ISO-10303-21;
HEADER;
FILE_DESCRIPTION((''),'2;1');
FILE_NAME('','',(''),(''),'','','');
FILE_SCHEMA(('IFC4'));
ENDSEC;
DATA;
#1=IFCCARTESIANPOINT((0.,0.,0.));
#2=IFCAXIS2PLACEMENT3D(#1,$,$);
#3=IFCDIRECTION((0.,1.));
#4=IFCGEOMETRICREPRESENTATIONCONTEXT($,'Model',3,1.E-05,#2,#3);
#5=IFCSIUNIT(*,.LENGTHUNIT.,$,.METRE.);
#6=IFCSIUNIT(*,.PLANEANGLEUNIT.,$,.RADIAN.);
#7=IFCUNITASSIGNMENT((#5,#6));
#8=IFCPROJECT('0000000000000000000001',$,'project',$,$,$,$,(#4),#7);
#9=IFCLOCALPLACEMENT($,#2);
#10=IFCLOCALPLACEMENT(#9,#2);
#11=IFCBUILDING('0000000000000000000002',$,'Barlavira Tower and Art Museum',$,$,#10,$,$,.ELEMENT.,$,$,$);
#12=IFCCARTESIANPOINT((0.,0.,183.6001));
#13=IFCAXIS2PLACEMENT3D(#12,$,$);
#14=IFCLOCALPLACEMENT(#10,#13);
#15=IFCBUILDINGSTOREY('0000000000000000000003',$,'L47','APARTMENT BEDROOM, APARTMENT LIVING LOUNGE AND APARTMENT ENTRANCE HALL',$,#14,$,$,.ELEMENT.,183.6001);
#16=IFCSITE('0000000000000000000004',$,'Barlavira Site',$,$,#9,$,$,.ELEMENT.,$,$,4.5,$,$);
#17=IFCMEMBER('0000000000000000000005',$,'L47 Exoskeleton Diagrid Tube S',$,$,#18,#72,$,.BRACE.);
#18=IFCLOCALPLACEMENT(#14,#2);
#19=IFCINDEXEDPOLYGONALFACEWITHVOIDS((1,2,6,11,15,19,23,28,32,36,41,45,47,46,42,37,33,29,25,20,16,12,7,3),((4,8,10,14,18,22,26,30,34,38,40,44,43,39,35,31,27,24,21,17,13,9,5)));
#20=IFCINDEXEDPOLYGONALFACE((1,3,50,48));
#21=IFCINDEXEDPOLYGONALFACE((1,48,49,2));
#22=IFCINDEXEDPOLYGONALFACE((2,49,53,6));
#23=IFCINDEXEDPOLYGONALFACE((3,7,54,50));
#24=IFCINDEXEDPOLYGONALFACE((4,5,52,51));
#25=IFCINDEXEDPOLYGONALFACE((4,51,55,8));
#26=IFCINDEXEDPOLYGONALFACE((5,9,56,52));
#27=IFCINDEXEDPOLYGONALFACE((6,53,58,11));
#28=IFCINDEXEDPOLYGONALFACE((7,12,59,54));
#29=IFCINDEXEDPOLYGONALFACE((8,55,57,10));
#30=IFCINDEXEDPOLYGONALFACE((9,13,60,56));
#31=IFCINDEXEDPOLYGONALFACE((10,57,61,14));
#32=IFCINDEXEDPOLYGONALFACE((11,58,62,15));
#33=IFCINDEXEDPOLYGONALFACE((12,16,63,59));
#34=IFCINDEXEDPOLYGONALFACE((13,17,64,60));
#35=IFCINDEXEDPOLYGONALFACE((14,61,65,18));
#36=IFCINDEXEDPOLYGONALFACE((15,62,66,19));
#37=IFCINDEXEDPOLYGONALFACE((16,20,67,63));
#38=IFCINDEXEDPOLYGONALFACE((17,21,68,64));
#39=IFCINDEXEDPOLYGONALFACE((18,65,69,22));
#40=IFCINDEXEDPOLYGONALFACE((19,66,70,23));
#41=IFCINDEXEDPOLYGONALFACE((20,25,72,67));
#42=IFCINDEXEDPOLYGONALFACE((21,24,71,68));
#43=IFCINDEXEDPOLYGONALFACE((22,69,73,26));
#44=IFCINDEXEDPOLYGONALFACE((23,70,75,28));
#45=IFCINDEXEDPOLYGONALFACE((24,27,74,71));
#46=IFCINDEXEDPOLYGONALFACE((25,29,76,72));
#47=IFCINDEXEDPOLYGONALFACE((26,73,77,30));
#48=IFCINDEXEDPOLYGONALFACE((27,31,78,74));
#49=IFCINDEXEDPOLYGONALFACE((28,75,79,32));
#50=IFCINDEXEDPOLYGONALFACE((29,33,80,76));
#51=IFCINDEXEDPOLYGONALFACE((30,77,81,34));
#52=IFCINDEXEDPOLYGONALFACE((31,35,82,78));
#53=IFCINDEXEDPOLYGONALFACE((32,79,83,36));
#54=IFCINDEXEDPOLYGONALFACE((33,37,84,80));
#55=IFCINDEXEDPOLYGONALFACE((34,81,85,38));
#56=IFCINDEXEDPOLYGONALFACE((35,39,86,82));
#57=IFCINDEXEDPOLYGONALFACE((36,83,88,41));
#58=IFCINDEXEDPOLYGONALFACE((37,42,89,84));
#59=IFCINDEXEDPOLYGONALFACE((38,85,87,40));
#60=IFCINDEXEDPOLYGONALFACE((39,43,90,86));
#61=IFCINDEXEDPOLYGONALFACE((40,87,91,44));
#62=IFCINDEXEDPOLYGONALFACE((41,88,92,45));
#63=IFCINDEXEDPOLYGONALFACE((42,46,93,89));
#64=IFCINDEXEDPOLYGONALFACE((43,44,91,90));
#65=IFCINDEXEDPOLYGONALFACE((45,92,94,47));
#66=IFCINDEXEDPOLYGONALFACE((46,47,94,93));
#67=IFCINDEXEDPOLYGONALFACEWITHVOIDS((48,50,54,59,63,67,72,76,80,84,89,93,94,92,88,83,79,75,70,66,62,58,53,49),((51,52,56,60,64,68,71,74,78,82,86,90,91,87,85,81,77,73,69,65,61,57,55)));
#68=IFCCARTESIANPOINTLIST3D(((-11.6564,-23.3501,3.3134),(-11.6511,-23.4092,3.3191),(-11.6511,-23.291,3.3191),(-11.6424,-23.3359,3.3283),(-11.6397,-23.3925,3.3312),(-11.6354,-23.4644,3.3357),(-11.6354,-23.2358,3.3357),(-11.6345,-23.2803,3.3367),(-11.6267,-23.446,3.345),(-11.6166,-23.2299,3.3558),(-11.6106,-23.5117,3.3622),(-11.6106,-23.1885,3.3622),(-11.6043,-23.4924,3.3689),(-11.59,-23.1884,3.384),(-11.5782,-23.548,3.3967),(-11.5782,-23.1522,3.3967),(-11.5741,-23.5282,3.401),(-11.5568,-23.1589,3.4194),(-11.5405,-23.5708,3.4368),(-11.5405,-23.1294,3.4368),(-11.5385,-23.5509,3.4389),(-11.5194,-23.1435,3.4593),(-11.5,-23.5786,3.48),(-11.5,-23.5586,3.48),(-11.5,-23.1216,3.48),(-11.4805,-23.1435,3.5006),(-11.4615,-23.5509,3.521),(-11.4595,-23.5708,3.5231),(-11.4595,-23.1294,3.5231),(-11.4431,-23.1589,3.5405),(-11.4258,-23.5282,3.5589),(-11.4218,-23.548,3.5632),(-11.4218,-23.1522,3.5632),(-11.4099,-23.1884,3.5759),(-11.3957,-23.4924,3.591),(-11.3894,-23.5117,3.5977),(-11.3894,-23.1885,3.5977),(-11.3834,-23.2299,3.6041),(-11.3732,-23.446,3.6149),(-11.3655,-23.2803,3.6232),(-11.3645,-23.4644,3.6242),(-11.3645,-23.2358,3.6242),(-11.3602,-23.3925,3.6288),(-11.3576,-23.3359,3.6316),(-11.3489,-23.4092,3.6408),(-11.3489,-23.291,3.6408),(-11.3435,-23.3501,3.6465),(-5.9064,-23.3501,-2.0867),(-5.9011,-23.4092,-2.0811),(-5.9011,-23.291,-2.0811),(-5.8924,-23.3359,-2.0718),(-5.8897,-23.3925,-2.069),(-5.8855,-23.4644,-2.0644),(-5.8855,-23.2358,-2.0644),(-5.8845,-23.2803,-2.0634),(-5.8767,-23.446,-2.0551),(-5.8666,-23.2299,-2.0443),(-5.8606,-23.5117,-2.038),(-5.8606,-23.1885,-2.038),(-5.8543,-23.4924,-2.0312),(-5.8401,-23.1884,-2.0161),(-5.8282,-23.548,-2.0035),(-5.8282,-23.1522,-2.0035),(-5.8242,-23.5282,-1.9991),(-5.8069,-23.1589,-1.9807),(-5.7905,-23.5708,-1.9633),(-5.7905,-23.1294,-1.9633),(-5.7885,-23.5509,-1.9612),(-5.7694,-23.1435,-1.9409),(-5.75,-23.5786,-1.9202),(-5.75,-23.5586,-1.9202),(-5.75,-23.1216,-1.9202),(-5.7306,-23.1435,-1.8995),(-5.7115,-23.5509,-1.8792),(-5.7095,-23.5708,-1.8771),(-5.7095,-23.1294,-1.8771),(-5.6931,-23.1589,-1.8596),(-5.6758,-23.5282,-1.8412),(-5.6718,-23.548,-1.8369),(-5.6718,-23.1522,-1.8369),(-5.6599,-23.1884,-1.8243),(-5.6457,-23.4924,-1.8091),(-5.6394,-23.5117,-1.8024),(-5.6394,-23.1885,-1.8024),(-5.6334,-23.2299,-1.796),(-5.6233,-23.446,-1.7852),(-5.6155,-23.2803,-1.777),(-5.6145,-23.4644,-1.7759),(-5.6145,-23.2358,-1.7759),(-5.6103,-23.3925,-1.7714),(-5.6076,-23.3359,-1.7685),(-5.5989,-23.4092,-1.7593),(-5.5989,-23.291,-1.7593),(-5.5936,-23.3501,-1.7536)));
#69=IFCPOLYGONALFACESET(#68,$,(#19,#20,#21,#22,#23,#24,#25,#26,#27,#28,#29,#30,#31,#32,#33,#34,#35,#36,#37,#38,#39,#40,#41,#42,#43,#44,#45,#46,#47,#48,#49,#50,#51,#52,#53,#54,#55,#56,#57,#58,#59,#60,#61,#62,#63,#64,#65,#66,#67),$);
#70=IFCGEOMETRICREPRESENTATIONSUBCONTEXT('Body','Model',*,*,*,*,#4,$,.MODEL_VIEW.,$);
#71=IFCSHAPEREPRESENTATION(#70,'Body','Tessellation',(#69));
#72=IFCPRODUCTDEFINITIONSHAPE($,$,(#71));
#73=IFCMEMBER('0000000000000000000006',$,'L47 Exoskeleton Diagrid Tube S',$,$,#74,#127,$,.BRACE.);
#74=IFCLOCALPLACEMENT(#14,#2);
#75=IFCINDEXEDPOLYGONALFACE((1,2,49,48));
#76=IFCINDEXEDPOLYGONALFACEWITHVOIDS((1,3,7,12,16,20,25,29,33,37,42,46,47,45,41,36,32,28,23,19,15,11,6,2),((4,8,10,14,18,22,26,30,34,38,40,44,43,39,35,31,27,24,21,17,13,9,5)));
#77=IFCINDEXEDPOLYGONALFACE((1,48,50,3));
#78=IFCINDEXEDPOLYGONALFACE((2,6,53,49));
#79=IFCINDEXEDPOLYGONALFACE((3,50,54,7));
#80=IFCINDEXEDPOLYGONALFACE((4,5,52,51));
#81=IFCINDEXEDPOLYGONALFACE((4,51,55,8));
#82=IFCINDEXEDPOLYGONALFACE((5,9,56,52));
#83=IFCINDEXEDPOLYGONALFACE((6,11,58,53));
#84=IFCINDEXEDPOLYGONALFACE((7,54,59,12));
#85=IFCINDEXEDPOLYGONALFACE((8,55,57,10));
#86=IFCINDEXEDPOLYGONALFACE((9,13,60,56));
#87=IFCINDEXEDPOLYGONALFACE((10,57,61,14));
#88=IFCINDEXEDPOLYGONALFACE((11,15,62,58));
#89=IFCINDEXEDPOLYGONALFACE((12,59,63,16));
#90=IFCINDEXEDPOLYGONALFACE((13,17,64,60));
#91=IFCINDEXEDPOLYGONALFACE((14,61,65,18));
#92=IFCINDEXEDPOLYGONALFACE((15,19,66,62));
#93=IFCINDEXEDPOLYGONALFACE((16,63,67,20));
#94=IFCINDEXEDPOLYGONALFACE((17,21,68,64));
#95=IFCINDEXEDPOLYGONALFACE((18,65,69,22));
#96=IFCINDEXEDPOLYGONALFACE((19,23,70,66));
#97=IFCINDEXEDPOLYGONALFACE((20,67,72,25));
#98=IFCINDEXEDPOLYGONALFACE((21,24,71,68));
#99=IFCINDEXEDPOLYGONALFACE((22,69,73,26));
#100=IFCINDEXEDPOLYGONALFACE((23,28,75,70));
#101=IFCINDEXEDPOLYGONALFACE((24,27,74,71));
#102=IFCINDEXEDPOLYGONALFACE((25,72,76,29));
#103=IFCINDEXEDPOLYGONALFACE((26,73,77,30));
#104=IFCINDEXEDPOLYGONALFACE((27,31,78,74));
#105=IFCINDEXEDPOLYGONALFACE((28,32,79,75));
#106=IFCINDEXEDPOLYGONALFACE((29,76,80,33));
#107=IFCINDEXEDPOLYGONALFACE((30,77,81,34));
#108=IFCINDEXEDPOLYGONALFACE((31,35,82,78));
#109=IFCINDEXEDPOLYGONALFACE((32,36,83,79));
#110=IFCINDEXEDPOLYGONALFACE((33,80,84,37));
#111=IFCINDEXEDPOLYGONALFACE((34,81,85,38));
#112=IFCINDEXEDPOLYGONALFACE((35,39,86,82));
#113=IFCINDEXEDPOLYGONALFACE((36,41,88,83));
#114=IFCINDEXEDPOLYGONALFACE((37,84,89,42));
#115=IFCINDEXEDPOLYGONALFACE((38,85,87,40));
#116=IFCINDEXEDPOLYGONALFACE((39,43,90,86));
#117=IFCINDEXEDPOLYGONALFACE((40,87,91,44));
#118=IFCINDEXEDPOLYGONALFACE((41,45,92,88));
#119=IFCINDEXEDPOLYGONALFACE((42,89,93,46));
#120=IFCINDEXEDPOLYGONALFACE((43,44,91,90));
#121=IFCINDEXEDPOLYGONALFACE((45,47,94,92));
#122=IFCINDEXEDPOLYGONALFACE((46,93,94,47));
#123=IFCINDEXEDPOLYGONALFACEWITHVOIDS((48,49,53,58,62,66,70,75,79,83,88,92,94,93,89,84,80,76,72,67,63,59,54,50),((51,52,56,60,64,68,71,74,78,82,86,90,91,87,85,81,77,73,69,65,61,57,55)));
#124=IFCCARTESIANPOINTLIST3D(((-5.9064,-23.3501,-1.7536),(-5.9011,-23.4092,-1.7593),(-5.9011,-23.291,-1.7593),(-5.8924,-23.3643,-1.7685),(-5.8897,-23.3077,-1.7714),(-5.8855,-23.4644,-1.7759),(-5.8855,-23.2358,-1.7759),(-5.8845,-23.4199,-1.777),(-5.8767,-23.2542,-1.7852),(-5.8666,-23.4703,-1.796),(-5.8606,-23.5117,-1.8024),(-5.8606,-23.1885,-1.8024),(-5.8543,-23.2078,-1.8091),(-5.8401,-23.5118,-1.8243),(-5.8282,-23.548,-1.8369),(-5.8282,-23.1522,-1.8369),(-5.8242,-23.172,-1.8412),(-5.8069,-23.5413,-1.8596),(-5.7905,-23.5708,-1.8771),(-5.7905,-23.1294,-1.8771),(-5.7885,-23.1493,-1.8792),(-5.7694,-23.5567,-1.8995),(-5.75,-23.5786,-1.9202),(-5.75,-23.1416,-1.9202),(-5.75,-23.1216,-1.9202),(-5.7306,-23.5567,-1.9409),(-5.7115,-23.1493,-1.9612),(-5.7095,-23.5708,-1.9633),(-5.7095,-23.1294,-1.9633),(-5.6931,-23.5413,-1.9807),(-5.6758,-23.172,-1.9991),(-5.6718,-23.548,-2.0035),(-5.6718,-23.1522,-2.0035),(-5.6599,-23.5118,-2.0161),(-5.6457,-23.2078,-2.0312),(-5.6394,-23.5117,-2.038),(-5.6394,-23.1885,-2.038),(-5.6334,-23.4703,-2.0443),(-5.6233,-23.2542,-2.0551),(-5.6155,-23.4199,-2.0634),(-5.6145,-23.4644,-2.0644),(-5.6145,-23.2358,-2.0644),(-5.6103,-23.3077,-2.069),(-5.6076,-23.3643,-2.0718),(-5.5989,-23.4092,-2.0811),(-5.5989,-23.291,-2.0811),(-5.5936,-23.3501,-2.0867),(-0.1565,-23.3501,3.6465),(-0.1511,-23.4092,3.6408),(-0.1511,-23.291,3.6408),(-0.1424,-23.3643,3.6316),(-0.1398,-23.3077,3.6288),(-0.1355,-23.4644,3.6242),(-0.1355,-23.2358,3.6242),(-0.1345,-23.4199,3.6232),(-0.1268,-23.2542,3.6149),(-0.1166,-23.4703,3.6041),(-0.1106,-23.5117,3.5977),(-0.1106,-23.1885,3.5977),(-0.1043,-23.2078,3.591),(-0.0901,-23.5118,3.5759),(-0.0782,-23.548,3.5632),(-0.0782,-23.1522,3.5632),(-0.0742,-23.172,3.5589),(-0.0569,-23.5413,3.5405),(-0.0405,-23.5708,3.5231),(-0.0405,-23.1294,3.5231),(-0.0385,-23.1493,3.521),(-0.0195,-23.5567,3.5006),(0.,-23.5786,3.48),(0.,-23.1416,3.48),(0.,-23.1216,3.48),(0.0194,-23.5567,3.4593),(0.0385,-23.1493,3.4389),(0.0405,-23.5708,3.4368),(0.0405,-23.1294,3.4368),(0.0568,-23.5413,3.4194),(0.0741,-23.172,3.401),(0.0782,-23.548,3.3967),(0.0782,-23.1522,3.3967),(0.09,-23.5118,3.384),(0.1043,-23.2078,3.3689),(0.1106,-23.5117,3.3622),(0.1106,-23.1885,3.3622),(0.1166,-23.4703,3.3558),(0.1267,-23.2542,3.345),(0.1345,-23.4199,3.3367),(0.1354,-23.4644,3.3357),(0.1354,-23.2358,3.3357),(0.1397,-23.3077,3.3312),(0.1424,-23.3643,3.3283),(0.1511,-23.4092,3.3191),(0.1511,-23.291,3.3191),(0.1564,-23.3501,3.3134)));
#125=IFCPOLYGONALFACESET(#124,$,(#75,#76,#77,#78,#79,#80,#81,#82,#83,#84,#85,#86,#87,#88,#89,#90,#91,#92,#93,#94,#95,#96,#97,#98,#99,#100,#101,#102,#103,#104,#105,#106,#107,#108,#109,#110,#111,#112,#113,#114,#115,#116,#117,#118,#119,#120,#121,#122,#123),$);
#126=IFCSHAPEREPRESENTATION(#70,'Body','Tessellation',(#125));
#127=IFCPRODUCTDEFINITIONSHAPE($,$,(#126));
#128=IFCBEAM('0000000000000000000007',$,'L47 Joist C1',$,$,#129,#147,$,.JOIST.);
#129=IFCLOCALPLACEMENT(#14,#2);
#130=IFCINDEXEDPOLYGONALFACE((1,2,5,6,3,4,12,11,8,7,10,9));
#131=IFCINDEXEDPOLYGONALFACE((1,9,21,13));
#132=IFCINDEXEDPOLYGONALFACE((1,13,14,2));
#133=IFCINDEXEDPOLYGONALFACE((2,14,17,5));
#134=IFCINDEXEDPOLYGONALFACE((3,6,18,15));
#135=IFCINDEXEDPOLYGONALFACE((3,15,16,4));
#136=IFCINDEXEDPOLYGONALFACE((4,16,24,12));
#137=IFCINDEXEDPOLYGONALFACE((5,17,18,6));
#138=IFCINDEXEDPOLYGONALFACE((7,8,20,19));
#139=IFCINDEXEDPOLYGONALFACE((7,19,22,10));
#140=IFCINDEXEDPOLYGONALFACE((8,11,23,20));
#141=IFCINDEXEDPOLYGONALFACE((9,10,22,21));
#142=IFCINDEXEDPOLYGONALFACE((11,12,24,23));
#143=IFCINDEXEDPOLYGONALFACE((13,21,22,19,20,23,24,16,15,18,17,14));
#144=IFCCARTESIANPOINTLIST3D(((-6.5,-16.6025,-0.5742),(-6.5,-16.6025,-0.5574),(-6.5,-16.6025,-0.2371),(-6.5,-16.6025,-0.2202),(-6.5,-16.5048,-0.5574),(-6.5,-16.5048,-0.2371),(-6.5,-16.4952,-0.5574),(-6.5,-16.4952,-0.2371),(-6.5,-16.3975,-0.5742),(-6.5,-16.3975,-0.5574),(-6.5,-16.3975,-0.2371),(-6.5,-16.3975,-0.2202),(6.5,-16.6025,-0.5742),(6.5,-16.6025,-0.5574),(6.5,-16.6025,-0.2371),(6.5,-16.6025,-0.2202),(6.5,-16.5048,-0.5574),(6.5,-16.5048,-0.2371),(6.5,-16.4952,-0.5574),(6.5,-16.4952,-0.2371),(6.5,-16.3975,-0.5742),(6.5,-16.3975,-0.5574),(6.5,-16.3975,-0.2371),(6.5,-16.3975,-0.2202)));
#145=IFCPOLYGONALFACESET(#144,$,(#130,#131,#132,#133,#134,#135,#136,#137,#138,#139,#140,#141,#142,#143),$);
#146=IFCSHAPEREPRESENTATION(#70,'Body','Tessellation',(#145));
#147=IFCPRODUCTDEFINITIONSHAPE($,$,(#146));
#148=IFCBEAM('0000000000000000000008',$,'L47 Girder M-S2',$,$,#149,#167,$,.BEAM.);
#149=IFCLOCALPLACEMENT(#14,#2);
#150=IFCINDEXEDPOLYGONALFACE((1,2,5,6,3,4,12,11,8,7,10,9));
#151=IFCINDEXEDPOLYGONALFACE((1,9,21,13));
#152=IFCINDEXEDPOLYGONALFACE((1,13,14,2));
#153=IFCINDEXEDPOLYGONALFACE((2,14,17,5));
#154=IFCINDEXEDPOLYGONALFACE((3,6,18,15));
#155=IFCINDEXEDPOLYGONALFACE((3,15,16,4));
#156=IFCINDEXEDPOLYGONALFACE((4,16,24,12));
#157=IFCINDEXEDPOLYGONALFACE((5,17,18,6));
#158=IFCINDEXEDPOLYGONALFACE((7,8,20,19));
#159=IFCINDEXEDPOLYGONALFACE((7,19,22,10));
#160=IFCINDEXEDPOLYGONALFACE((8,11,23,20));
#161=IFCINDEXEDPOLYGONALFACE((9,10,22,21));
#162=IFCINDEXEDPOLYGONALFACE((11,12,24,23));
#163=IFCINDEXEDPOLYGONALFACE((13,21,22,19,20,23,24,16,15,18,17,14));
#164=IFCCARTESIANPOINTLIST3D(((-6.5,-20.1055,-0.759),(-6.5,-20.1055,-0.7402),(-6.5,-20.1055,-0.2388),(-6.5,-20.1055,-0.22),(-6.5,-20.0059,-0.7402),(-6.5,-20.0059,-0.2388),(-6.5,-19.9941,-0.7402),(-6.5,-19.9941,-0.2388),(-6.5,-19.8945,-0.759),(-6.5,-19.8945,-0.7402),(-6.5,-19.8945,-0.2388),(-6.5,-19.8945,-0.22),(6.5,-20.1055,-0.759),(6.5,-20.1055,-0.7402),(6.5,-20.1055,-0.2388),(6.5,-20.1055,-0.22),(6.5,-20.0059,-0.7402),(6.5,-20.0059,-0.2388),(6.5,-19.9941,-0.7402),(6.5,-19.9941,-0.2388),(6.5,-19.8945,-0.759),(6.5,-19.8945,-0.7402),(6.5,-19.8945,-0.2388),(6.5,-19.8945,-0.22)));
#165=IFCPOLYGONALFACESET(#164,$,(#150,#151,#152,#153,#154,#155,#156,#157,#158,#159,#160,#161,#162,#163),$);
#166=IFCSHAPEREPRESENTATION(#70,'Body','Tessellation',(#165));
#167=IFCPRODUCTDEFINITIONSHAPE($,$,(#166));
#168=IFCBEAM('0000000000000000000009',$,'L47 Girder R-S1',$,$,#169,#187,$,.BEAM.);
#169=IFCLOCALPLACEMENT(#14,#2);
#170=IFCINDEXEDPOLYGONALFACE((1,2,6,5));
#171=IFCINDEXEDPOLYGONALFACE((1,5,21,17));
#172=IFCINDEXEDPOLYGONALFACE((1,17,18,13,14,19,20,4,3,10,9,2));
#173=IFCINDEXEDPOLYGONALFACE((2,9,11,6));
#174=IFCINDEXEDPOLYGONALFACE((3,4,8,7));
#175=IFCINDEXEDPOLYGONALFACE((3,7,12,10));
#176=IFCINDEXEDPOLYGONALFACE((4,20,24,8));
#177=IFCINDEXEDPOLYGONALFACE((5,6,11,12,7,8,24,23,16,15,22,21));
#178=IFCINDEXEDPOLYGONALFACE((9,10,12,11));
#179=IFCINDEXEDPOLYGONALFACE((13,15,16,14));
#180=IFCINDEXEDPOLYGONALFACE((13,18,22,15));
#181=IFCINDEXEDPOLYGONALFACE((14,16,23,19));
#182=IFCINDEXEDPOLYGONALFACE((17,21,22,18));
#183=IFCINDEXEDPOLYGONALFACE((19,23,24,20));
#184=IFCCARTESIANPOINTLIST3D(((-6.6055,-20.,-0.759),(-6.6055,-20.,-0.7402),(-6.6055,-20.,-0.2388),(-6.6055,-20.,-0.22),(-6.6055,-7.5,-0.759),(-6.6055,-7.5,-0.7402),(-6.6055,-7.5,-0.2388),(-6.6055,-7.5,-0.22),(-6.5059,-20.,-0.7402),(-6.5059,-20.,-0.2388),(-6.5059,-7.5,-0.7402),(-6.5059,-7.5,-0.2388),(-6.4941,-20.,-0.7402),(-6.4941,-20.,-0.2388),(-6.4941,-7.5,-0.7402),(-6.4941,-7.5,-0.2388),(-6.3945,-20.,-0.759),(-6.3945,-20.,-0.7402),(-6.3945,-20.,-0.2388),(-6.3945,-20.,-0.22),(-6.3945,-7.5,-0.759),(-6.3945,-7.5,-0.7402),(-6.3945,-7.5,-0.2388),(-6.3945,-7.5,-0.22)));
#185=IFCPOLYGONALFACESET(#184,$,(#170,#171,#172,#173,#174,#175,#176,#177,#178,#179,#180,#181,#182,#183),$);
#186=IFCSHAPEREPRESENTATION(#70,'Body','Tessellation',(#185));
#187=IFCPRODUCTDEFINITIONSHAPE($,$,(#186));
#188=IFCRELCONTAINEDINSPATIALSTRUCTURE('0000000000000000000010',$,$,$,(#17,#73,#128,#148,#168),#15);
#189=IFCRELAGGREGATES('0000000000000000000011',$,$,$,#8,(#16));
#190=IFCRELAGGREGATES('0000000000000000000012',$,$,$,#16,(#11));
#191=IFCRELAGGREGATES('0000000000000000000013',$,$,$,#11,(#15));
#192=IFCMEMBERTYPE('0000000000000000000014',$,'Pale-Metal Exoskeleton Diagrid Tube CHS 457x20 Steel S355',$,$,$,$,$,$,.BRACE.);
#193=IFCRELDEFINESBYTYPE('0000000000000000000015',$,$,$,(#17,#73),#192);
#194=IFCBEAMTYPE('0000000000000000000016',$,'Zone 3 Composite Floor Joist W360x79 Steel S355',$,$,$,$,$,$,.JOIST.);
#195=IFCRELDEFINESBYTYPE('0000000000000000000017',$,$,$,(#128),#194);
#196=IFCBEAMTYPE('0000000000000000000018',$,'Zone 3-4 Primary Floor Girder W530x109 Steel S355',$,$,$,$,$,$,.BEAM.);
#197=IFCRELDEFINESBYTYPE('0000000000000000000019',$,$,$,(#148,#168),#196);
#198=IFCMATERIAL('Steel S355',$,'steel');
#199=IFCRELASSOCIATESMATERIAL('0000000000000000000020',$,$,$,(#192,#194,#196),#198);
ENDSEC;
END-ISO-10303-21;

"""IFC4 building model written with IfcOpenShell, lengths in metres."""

from ifc_helpers import new_model, si_unit, direction, frame, origin, origin_2d, place, context, subcontext, project, spatial, hollow_circle, i_section, extrude, material, material_profile, profile_set, type_object, element, save


model = new_model("IFC4")

# Units and contexts
model_context = context("Model", 3, precision=1e-05, world=origin(), true_north=direction((0.0, 1.0)))
body_context = subcontext(model_context, "Body", "Model", "MODEL_VIEW")
ifc_project = project(units=[si_unit("LENGTHUNIT", "METRE"), si_unit("PLANEANGLEUNIT", "RADIAN")], contexts=[model_context])

# Site, building, storey
site_placement = place(None, origin())
site = spatial("IfcSite", under=ifc_project, at=site_placement, Name="Barlavira Site", CompositionType="ELEMENT", RefElevation=4.5)
building_placement = place(site_placement, origin())
building = spatial("IfcBuilding", under=site, at=building_placement, Name="Barlavira Tower and Art Museum", CompositionType="ELEMENT")
storey_placement = place(building_placement, frame((0.0, 0.0, 183.6001)))
storey = spatial("IfcBuildingStorey", under=building, at=storey_placement, Name="L47", Description="APARTMENT BEDROOM, APARTMENT LIVING LOUNGE AND APARTMENT ENTRANCE HALL", CompositionType="ELEMENT", Elevation=183.6001)

# Members
ifc_material_1 = material(Name="Steel S355", Category="steel")
ifc_material_profile_1 = material_profile(ifc_material_1, hollow_circle(Radius=0.2285, WallThickness=0.02, at=origin_2d()), Name="CHS 457.0x20.0")
ifc_profile_set_1 = profile_set([ifc_material_profile_1], Name="Steel S355")
member_type_1 = type_object("IfcMemberType", Name="Pale-Metal Exoskeleton Diagrid Tube CHS 457x20 Steel S355", PredefinedType="BRACE", material=ifc_profile_set_1)
for number, where, z_axis, x_axis, name in (
    (1, (-5.75, -23.3501, -1.9202), (-0.728935, 0.0, 0.684583), (0.0, -1.0, 0.0), "L47 Exoskeleton Diagrid Tube S"),
    (2, (-5.75, -23.3501, -1.9202), (0.728935, 0.0, 0.684583), (0.0, 1.0, 0.0), "L47 Exoskeleton Diagrid Tube S"),
):
    element("IfcMember", number, at=place(storey_placement, frame(where, z_axis=z_axis, x_axis=x_axis)), inside=storey, type_object=member_type_1, Name=name, PredefinedType="BRACE", context=body_context, shape_type="SweptSolid", body=[
        extrude(hollow_circle(Radius=0.2285, WallThickness=0.02, at=origin_2d()), origin(), (0.0, 0.0, 1.0), 7.8882),
    ])

# Beams
ifc_material_profile_2 = material_profile(ifc_material_1, i_section(OverallWidth=0.2051, OverallDepth=0.354, WebThickness=0.0095, FlangeThickness=0.0168, at=origin_2d()), Name="W360x79.0")
ifc_profile_set_2 = profile_set([ifc_material_profile_2], Name="Steel S355")
beam_type_1 = type_object("IfcBeamType", Name="Zone 3 Composite Floor Joist W360x79 Steel S355", PredefinedType="JOIST", material=ifc_profile_set_2)
beam_1_placement = place(storey_placement, frame((-6.5, -16.5, -0.3972), z_axis=(1.0, 0.0, 0.0), x_axis=(0.0, 1.0, 0.0)))
element("IfcBeam", 3, at=beam_1_placement, inside=storey, type_object=beam_type_1, Name="L47 Joist C1", PredefinedType="JOIST", context=body_context, shape_type="SweptSolid", body=[
    extrude(i_section(OverallWidth=0.2051, OverallDepth=0.354, WebThickness=0.0095, FlangeThickness=0.0168, at=origin_2d()), origin(), (0.0, 0.0, 1.0), 13.0),
])
ifc_material_profile_3 = material_profile(ifc_material_1, i_section(OverallWidth=0.2109, OverallDepth=0.5391, WebThickness=0.0117, FlangeThickness=0.0188, at=origin_2d()), Name="W530x109.0")
ifc_profile_set_3 = profile_set([ifc_material_profile_3], Name="Steel S355")
beam_type_2 = type_object("IfcBeamType", Name="Zone 3-4 Primary Floor Girder W530x109 Steel S355", PredefinedType="BEAM", material=ifc_profile_set_3)
beam_2_placement = place(storey_placement, frame((-6.5, -20.0, -0.4895), z_axis=(1.0, 0.0, 0.0), x_axis=(0.0, 1.0, 0.0)))
element("IfcBeam", 4, at=beam_2_placement, inside=storey, type_object=beam_type_2, Name="L47 Girder M-S2", PredefinedType="BEAM", context=body_context, shape_type="SweptSolid", body=[
    extrude(i_section(OverallWidth=0.2109, OverallDepth=0.5391, WebThickness=0.0117, FlangeThickness=0.0188, at=origin_2d()), origin(), (0.0, 0.0, 1.0), 13.0),
])
beam_3_placement = place(storey_placement, frame((-6.5, -20.0, -0.4895), z_axis=(0.0, 1.0, 0.0), x_axis=(-1.0, 0.0, 0.0)))
element("IfcBeam", 5, at=beam_3_placement, inside=storey, type_object=beam_type_2, Name="L47 Girder R-S1", PredefinedType="BEAM", context=body_context, shape_type="SweptSolid", body=[
    extrude(i_section(OverallWidth=0.2109, OverallDepth=0.5391, WebThickness=0.0117, FlangeThickness=0.0188, at=origin_2d()), origin(), (0.0, 0.0, 1.0), 12.5),
])

save(model, "model.ifc")
